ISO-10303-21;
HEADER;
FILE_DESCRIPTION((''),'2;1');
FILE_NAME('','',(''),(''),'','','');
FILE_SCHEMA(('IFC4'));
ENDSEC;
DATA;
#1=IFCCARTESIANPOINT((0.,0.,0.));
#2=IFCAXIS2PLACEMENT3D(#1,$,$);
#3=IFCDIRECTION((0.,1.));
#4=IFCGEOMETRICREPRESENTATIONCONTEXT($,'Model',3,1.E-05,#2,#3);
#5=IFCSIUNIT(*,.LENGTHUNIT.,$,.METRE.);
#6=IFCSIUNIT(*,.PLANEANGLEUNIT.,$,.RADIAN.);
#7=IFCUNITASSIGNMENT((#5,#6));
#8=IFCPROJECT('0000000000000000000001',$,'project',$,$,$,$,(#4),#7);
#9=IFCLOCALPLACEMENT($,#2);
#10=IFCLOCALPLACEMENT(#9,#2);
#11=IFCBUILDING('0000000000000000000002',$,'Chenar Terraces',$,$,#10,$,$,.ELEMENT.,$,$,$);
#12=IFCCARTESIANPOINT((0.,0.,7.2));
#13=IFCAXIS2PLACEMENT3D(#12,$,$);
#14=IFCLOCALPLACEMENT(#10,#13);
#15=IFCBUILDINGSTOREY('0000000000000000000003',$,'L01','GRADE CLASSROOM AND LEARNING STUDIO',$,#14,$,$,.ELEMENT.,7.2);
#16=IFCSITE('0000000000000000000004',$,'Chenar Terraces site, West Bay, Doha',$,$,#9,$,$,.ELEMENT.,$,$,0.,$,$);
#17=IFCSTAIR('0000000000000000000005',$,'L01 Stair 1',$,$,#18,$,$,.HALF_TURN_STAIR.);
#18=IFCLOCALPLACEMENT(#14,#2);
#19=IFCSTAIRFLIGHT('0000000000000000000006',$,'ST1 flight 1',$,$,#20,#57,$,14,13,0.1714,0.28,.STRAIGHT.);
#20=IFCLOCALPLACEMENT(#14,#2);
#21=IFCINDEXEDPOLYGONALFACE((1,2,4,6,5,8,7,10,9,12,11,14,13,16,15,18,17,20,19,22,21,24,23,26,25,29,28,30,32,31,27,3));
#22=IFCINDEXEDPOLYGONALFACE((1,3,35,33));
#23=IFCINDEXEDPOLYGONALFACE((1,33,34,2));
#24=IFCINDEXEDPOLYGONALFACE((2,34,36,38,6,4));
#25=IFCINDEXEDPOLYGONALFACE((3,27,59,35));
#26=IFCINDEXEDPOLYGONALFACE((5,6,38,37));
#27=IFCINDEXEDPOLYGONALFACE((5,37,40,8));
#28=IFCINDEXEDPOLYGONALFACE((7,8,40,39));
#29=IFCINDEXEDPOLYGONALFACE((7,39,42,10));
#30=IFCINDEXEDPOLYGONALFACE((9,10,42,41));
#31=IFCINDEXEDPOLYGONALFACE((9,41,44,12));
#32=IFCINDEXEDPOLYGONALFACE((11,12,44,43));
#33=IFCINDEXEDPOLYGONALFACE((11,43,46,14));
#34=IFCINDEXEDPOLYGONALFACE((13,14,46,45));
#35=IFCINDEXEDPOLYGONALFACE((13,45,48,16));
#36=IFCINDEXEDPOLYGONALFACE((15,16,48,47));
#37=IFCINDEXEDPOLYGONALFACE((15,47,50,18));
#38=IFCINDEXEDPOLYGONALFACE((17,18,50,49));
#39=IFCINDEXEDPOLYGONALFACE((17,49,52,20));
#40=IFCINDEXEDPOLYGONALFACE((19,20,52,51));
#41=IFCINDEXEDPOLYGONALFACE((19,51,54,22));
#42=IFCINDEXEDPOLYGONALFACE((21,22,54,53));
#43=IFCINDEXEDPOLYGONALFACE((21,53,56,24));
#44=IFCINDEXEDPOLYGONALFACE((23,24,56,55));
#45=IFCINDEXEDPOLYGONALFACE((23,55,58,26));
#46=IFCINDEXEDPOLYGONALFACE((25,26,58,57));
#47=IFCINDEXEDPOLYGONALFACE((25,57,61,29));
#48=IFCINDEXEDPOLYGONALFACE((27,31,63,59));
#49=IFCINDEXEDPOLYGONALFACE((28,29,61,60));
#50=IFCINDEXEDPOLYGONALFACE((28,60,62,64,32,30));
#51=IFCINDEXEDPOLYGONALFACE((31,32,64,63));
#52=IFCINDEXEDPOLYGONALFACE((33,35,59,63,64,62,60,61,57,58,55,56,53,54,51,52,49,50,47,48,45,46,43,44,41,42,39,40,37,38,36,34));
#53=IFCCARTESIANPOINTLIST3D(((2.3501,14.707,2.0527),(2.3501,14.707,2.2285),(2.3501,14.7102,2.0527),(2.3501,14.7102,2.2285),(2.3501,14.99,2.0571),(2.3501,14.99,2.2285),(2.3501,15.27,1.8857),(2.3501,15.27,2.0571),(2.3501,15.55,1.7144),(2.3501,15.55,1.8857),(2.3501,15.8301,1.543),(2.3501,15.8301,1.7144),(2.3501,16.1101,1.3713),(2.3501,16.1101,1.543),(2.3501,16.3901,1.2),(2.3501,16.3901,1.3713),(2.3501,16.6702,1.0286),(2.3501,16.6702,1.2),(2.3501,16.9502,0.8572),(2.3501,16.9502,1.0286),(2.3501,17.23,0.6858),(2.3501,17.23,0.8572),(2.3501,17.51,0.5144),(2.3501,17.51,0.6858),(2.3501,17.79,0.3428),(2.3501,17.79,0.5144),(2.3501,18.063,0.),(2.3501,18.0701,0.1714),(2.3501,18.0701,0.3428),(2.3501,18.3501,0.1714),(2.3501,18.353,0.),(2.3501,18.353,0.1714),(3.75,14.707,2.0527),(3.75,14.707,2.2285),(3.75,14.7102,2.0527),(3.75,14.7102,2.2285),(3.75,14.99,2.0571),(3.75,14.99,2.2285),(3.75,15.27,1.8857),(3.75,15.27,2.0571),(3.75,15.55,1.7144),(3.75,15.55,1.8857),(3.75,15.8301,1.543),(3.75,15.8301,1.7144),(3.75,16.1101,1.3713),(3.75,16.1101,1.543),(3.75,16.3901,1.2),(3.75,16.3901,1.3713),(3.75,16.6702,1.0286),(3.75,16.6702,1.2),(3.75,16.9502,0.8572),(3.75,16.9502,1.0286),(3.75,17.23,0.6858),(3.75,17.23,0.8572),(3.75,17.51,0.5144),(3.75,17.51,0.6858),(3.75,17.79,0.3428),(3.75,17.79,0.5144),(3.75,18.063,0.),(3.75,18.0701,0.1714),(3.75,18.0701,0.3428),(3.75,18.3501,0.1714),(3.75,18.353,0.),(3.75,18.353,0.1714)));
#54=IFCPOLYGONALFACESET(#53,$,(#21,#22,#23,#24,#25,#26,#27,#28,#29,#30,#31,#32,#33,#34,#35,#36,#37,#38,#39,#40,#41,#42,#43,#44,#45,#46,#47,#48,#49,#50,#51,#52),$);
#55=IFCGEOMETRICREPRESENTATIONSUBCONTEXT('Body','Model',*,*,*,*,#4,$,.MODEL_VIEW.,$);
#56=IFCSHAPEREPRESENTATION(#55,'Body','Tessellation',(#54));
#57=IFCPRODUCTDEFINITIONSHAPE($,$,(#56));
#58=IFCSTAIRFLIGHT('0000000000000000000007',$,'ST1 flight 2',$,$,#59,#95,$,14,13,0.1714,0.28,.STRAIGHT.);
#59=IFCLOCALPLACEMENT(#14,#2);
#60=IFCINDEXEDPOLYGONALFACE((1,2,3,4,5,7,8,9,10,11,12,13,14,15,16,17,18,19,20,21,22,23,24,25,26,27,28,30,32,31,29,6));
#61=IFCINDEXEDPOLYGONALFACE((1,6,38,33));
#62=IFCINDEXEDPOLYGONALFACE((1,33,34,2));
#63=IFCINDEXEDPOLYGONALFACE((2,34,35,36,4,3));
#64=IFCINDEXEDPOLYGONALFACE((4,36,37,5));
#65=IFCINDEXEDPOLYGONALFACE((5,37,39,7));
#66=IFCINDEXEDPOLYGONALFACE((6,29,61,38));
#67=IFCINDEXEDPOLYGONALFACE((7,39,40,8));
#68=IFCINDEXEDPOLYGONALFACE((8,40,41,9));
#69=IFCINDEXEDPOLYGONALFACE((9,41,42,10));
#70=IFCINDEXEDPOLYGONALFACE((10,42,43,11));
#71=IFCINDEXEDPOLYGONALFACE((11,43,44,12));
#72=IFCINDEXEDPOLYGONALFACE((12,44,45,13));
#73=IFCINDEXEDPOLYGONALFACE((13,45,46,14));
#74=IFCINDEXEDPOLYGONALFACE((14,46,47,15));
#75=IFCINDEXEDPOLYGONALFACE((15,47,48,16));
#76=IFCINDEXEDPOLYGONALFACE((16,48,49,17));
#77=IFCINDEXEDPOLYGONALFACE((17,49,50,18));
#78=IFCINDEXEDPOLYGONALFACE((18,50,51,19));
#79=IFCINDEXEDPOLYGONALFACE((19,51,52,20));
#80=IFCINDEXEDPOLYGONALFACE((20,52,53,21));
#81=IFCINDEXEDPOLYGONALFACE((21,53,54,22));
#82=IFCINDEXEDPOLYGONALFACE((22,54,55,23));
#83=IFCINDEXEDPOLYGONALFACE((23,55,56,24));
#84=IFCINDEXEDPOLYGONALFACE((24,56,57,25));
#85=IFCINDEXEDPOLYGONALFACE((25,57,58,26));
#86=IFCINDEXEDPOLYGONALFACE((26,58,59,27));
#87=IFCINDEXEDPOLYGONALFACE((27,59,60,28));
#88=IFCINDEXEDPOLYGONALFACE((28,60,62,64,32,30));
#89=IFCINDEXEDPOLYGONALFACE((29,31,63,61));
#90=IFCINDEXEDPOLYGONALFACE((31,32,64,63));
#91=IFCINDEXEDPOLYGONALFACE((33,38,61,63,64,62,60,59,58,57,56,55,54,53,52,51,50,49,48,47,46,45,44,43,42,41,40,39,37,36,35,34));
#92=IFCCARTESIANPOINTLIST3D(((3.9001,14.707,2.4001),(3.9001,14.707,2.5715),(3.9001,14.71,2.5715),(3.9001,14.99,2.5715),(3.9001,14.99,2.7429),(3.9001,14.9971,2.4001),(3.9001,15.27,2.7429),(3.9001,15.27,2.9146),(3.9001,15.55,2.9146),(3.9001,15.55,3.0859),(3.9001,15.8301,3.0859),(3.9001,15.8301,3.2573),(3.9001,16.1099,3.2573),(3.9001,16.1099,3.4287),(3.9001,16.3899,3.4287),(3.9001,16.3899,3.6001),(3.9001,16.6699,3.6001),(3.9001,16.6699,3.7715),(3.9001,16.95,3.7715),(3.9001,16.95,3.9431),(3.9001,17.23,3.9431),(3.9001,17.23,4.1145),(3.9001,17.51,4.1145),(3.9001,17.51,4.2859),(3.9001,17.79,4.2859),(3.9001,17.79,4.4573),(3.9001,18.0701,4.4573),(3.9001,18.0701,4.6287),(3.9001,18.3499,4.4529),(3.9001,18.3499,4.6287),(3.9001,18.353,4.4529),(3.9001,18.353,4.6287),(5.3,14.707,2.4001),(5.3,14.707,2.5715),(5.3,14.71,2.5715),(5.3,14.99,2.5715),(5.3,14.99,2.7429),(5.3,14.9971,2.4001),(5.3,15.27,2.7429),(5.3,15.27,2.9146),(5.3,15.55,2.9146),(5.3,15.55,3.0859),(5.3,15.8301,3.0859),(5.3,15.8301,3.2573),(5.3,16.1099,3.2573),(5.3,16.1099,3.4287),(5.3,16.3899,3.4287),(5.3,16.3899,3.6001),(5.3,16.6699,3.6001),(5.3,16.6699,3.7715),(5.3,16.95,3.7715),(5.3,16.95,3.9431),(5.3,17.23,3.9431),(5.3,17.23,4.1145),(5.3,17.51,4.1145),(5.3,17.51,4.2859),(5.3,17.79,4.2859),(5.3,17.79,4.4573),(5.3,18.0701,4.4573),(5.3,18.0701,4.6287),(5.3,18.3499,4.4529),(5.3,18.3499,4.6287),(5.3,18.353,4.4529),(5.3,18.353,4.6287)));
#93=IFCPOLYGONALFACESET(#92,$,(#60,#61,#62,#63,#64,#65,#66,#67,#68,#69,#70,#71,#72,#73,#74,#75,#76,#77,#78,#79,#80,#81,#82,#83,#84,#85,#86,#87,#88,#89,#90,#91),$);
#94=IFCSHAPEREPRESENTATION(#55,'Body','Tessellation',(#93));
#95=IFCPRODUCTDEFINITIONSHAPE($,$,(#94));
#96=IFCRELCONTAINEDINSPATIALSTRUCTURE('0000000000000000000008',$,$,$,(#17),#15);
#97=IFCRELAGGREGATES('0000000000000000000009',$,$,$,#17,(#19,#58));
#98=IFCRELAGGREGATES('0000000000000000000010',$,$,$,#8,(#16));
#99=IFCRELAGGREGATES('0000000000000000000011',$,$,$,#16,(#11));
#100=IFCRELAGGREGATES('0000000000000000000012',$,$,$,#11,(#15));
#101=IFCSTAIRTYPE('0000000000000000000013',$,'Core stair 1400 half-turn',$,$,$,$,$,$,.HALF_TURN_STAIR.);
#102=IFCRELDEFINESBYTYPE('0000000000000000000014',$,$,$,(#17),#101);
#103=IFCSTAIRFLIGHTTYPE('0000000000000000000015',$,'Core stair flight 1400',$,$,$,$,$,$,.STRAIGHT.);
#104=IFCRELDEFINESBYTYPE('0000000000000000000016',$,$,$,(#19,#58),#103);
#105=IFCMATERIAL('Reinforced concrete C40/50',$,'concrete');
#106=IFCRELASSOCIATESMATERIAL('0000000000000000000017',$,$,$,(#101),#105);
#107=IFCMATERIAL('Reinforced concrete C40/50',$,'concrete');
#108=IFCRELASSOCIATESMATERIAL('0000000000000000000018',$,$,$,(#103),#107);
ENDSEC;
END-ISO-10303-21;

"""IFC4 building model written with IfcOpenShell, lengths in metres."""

from ifc_helpers import new_model, si_unit, direction, frame, origin, place, context, subcontext, project, spatial, polyline, outline, extrude, material, type_object, element, aggregate, save


model = new_model("IFC4")

# Units and contexts
model_context = context("Model", 3, precision=1e-05, world=origin(), true_north=direction((0.0, 1.0)))
body_context = subcontext(model_context, "Body", "Model", "MODEL_VIEW")
ifc_project = project(units=[si_unit("LENGTHUNIT", "METRE"), si_unit("PLANEANGLEUNIT", "RADIAN")], contexts=[model_context])

# Site, building, storey
site_placement = place(None, origin())
site = spatial("IfcSite", under=ifc_project, at=site_placement, Name="Chenar Terraces site, West Bay, Doha", CompositionType="ELEMENT", RefElevation=0.0)
building_placement = place(site_placement, origin())
building = spatial("IfcBuilding", under=site, at=building_placement, Name="Chenar Terraces", CompositionType="ELEMENT")
storey_placement = place(building_placement, frame((0.0, 0.0, 7.2)))
storey = spatial("IfcBuildingStorey", under=building, at=storey_placement, Name="L01", Description="GRADE CLASSROOM AND LEARNING STUDIO", CompositionType="ELEMENT", Elevation=7.2)

# Stair, stair flights
ifc_material_1 = material(Name="Reinforced concrete C40/50", Category="concrete")
stair_type = type_object("IfcStairType", Name="Core stair 1400 half-turn", PredefinedType="HALF_TURN_STAIR", material=ifc_material_1)
stair_placement = place(storey_placement, origin())
stair = element("IfcStair", 1, at=stair_placement, inside=storey, type_object=stair_type, Name="L01 Stair 1", PredefinedType="HALF_TURN_STAIR")
ifc_material_2 = material(Name="Reinforced concrete C40/50", Category="concrete")
stair_flight_type = type_object("IfcStairFlightType", Name="Core stair flight 1400", PredefinedType="STRAIGHT", material=ifc_material_2)
stair_flight_1_placement = place(storey_placement, frame((3.05, 18.3501, 0.0), z_axis=(0.0, 0.0, 1.0), x_axis=(0.0, -1.0, 0.0)))
stair_flight_1 = element("IfcStairFlight", 2, at=stair_flight_1_placement, type_object=stair_flight_type, Name="ST1 flight 1", NumberOfRisers=14, NumberOfTreads=13, PredefinedType="STRAIGHT", RiserHeight=0.1714, TreadLength=0.28, context=body_context, shape_type="SweptSolid", body=[
    extrude(outline(polyline([(-0.0029, 0.0), (-0.0029, 0.1714), (0.0, 0.1714), (0.28, 0.1714), (0.28, 0.3428), (0.5601, 0.3428), (0.5601, 0.5144), (0.8401, 0.5144), (0.8401, 0.6858), (1.1201, 0.6858), (1.1201, 0.8572), (1.3999, 0.8572), (1.3999, 1.0286), (1.6799, 1.0286), (1.6799, 1.2), (1.96, 1.2), (1.96, 1.3713), (2.24, 1.3713), (2.24, 1.543), (2.52, 1.543), (2.52, 1.7144), (2.8, 1.7144), (2.8, 1.8857), (3.0801, 1.8857), (3.0801, 2.0571), (3.3601, 2.0571), (3.3601, 2.2285), (3.6399, 2.2285), (3.6431, 2.2285), (3.6431, 2.0527), (3.6399, 2.0527), (0.2871, 0.0), (-0.0029, 0.0)])), frame((0.0, 0.7, 0.0), z_axis=(0.0, -1.0, 0.0), x_axis=(1.0, 0.0, 0.0)), (0.0, 0.0, 1.0), 1.3999),
])
stair_flight_2_placement = place(storey_placement, frame((4.6001, 14.71, 2.4001), z_axis=(0.0, 0.0, 1.0), x_axis=(0.0, 1.0, 0.0)))
stair_flight_2 = element("IfcStairFlight", 3, at=stair_flight_2_placement, type_object=stair_flight_type, Name="ST1 flight 2", NumberOfRisers=14, NumberOfTreads=13, PredefinedType="STRAIGHT", RiserHeight=0.1714, TreadLength=0.28, context=body_context, shape_type="SweptSolid", body=[
    extrude(outline(polyline([(-0.0029, 0.0), (-0.0029, 0.1714), (0.0, 0.1714), (0.28, 0.1714), (0.28, 0.3428), (0.5601, 0.3428), (0.5601, 0.5144), (0.8401, 0.5144), (0.8401, 0.6858), (1.1201, 0.6858), (1.1201, 0.8572), (1.3999, 0.8572), (1.3999, 1.0286), (1.6799, 1.0286), (1.6799, 1.2), (1.96, 1.2), (1.96, 1.3713), (2.24, 1.3713), (2.24, 1.543), (2.52, 1.543), (2.52, 1.7144), (2.8, 1.7144), (2.8, 1.8857), (3.0801, 1.8857), (3.0801, 2.0571), (3.3601, 2.0571), (3.3601, 2.2285), (3.6399, 2.2285), (3.6431, 2.2285), (3.6431, 2.0527), (3.6399, 2.0527), (0.2871, 0.0), (-0.0029, 0.0)])), frame((0.0, 0.7, 0.0), z_axis=(0.0, -1.0, 0.0), x_axis=(1.0, 0.0, 0.0)), (0.0, 0.0, 1.0), 1.3999),
])
aggregate(stair, [stair_flight_1, stair_flight_2])

save(model, "model.ifc")
